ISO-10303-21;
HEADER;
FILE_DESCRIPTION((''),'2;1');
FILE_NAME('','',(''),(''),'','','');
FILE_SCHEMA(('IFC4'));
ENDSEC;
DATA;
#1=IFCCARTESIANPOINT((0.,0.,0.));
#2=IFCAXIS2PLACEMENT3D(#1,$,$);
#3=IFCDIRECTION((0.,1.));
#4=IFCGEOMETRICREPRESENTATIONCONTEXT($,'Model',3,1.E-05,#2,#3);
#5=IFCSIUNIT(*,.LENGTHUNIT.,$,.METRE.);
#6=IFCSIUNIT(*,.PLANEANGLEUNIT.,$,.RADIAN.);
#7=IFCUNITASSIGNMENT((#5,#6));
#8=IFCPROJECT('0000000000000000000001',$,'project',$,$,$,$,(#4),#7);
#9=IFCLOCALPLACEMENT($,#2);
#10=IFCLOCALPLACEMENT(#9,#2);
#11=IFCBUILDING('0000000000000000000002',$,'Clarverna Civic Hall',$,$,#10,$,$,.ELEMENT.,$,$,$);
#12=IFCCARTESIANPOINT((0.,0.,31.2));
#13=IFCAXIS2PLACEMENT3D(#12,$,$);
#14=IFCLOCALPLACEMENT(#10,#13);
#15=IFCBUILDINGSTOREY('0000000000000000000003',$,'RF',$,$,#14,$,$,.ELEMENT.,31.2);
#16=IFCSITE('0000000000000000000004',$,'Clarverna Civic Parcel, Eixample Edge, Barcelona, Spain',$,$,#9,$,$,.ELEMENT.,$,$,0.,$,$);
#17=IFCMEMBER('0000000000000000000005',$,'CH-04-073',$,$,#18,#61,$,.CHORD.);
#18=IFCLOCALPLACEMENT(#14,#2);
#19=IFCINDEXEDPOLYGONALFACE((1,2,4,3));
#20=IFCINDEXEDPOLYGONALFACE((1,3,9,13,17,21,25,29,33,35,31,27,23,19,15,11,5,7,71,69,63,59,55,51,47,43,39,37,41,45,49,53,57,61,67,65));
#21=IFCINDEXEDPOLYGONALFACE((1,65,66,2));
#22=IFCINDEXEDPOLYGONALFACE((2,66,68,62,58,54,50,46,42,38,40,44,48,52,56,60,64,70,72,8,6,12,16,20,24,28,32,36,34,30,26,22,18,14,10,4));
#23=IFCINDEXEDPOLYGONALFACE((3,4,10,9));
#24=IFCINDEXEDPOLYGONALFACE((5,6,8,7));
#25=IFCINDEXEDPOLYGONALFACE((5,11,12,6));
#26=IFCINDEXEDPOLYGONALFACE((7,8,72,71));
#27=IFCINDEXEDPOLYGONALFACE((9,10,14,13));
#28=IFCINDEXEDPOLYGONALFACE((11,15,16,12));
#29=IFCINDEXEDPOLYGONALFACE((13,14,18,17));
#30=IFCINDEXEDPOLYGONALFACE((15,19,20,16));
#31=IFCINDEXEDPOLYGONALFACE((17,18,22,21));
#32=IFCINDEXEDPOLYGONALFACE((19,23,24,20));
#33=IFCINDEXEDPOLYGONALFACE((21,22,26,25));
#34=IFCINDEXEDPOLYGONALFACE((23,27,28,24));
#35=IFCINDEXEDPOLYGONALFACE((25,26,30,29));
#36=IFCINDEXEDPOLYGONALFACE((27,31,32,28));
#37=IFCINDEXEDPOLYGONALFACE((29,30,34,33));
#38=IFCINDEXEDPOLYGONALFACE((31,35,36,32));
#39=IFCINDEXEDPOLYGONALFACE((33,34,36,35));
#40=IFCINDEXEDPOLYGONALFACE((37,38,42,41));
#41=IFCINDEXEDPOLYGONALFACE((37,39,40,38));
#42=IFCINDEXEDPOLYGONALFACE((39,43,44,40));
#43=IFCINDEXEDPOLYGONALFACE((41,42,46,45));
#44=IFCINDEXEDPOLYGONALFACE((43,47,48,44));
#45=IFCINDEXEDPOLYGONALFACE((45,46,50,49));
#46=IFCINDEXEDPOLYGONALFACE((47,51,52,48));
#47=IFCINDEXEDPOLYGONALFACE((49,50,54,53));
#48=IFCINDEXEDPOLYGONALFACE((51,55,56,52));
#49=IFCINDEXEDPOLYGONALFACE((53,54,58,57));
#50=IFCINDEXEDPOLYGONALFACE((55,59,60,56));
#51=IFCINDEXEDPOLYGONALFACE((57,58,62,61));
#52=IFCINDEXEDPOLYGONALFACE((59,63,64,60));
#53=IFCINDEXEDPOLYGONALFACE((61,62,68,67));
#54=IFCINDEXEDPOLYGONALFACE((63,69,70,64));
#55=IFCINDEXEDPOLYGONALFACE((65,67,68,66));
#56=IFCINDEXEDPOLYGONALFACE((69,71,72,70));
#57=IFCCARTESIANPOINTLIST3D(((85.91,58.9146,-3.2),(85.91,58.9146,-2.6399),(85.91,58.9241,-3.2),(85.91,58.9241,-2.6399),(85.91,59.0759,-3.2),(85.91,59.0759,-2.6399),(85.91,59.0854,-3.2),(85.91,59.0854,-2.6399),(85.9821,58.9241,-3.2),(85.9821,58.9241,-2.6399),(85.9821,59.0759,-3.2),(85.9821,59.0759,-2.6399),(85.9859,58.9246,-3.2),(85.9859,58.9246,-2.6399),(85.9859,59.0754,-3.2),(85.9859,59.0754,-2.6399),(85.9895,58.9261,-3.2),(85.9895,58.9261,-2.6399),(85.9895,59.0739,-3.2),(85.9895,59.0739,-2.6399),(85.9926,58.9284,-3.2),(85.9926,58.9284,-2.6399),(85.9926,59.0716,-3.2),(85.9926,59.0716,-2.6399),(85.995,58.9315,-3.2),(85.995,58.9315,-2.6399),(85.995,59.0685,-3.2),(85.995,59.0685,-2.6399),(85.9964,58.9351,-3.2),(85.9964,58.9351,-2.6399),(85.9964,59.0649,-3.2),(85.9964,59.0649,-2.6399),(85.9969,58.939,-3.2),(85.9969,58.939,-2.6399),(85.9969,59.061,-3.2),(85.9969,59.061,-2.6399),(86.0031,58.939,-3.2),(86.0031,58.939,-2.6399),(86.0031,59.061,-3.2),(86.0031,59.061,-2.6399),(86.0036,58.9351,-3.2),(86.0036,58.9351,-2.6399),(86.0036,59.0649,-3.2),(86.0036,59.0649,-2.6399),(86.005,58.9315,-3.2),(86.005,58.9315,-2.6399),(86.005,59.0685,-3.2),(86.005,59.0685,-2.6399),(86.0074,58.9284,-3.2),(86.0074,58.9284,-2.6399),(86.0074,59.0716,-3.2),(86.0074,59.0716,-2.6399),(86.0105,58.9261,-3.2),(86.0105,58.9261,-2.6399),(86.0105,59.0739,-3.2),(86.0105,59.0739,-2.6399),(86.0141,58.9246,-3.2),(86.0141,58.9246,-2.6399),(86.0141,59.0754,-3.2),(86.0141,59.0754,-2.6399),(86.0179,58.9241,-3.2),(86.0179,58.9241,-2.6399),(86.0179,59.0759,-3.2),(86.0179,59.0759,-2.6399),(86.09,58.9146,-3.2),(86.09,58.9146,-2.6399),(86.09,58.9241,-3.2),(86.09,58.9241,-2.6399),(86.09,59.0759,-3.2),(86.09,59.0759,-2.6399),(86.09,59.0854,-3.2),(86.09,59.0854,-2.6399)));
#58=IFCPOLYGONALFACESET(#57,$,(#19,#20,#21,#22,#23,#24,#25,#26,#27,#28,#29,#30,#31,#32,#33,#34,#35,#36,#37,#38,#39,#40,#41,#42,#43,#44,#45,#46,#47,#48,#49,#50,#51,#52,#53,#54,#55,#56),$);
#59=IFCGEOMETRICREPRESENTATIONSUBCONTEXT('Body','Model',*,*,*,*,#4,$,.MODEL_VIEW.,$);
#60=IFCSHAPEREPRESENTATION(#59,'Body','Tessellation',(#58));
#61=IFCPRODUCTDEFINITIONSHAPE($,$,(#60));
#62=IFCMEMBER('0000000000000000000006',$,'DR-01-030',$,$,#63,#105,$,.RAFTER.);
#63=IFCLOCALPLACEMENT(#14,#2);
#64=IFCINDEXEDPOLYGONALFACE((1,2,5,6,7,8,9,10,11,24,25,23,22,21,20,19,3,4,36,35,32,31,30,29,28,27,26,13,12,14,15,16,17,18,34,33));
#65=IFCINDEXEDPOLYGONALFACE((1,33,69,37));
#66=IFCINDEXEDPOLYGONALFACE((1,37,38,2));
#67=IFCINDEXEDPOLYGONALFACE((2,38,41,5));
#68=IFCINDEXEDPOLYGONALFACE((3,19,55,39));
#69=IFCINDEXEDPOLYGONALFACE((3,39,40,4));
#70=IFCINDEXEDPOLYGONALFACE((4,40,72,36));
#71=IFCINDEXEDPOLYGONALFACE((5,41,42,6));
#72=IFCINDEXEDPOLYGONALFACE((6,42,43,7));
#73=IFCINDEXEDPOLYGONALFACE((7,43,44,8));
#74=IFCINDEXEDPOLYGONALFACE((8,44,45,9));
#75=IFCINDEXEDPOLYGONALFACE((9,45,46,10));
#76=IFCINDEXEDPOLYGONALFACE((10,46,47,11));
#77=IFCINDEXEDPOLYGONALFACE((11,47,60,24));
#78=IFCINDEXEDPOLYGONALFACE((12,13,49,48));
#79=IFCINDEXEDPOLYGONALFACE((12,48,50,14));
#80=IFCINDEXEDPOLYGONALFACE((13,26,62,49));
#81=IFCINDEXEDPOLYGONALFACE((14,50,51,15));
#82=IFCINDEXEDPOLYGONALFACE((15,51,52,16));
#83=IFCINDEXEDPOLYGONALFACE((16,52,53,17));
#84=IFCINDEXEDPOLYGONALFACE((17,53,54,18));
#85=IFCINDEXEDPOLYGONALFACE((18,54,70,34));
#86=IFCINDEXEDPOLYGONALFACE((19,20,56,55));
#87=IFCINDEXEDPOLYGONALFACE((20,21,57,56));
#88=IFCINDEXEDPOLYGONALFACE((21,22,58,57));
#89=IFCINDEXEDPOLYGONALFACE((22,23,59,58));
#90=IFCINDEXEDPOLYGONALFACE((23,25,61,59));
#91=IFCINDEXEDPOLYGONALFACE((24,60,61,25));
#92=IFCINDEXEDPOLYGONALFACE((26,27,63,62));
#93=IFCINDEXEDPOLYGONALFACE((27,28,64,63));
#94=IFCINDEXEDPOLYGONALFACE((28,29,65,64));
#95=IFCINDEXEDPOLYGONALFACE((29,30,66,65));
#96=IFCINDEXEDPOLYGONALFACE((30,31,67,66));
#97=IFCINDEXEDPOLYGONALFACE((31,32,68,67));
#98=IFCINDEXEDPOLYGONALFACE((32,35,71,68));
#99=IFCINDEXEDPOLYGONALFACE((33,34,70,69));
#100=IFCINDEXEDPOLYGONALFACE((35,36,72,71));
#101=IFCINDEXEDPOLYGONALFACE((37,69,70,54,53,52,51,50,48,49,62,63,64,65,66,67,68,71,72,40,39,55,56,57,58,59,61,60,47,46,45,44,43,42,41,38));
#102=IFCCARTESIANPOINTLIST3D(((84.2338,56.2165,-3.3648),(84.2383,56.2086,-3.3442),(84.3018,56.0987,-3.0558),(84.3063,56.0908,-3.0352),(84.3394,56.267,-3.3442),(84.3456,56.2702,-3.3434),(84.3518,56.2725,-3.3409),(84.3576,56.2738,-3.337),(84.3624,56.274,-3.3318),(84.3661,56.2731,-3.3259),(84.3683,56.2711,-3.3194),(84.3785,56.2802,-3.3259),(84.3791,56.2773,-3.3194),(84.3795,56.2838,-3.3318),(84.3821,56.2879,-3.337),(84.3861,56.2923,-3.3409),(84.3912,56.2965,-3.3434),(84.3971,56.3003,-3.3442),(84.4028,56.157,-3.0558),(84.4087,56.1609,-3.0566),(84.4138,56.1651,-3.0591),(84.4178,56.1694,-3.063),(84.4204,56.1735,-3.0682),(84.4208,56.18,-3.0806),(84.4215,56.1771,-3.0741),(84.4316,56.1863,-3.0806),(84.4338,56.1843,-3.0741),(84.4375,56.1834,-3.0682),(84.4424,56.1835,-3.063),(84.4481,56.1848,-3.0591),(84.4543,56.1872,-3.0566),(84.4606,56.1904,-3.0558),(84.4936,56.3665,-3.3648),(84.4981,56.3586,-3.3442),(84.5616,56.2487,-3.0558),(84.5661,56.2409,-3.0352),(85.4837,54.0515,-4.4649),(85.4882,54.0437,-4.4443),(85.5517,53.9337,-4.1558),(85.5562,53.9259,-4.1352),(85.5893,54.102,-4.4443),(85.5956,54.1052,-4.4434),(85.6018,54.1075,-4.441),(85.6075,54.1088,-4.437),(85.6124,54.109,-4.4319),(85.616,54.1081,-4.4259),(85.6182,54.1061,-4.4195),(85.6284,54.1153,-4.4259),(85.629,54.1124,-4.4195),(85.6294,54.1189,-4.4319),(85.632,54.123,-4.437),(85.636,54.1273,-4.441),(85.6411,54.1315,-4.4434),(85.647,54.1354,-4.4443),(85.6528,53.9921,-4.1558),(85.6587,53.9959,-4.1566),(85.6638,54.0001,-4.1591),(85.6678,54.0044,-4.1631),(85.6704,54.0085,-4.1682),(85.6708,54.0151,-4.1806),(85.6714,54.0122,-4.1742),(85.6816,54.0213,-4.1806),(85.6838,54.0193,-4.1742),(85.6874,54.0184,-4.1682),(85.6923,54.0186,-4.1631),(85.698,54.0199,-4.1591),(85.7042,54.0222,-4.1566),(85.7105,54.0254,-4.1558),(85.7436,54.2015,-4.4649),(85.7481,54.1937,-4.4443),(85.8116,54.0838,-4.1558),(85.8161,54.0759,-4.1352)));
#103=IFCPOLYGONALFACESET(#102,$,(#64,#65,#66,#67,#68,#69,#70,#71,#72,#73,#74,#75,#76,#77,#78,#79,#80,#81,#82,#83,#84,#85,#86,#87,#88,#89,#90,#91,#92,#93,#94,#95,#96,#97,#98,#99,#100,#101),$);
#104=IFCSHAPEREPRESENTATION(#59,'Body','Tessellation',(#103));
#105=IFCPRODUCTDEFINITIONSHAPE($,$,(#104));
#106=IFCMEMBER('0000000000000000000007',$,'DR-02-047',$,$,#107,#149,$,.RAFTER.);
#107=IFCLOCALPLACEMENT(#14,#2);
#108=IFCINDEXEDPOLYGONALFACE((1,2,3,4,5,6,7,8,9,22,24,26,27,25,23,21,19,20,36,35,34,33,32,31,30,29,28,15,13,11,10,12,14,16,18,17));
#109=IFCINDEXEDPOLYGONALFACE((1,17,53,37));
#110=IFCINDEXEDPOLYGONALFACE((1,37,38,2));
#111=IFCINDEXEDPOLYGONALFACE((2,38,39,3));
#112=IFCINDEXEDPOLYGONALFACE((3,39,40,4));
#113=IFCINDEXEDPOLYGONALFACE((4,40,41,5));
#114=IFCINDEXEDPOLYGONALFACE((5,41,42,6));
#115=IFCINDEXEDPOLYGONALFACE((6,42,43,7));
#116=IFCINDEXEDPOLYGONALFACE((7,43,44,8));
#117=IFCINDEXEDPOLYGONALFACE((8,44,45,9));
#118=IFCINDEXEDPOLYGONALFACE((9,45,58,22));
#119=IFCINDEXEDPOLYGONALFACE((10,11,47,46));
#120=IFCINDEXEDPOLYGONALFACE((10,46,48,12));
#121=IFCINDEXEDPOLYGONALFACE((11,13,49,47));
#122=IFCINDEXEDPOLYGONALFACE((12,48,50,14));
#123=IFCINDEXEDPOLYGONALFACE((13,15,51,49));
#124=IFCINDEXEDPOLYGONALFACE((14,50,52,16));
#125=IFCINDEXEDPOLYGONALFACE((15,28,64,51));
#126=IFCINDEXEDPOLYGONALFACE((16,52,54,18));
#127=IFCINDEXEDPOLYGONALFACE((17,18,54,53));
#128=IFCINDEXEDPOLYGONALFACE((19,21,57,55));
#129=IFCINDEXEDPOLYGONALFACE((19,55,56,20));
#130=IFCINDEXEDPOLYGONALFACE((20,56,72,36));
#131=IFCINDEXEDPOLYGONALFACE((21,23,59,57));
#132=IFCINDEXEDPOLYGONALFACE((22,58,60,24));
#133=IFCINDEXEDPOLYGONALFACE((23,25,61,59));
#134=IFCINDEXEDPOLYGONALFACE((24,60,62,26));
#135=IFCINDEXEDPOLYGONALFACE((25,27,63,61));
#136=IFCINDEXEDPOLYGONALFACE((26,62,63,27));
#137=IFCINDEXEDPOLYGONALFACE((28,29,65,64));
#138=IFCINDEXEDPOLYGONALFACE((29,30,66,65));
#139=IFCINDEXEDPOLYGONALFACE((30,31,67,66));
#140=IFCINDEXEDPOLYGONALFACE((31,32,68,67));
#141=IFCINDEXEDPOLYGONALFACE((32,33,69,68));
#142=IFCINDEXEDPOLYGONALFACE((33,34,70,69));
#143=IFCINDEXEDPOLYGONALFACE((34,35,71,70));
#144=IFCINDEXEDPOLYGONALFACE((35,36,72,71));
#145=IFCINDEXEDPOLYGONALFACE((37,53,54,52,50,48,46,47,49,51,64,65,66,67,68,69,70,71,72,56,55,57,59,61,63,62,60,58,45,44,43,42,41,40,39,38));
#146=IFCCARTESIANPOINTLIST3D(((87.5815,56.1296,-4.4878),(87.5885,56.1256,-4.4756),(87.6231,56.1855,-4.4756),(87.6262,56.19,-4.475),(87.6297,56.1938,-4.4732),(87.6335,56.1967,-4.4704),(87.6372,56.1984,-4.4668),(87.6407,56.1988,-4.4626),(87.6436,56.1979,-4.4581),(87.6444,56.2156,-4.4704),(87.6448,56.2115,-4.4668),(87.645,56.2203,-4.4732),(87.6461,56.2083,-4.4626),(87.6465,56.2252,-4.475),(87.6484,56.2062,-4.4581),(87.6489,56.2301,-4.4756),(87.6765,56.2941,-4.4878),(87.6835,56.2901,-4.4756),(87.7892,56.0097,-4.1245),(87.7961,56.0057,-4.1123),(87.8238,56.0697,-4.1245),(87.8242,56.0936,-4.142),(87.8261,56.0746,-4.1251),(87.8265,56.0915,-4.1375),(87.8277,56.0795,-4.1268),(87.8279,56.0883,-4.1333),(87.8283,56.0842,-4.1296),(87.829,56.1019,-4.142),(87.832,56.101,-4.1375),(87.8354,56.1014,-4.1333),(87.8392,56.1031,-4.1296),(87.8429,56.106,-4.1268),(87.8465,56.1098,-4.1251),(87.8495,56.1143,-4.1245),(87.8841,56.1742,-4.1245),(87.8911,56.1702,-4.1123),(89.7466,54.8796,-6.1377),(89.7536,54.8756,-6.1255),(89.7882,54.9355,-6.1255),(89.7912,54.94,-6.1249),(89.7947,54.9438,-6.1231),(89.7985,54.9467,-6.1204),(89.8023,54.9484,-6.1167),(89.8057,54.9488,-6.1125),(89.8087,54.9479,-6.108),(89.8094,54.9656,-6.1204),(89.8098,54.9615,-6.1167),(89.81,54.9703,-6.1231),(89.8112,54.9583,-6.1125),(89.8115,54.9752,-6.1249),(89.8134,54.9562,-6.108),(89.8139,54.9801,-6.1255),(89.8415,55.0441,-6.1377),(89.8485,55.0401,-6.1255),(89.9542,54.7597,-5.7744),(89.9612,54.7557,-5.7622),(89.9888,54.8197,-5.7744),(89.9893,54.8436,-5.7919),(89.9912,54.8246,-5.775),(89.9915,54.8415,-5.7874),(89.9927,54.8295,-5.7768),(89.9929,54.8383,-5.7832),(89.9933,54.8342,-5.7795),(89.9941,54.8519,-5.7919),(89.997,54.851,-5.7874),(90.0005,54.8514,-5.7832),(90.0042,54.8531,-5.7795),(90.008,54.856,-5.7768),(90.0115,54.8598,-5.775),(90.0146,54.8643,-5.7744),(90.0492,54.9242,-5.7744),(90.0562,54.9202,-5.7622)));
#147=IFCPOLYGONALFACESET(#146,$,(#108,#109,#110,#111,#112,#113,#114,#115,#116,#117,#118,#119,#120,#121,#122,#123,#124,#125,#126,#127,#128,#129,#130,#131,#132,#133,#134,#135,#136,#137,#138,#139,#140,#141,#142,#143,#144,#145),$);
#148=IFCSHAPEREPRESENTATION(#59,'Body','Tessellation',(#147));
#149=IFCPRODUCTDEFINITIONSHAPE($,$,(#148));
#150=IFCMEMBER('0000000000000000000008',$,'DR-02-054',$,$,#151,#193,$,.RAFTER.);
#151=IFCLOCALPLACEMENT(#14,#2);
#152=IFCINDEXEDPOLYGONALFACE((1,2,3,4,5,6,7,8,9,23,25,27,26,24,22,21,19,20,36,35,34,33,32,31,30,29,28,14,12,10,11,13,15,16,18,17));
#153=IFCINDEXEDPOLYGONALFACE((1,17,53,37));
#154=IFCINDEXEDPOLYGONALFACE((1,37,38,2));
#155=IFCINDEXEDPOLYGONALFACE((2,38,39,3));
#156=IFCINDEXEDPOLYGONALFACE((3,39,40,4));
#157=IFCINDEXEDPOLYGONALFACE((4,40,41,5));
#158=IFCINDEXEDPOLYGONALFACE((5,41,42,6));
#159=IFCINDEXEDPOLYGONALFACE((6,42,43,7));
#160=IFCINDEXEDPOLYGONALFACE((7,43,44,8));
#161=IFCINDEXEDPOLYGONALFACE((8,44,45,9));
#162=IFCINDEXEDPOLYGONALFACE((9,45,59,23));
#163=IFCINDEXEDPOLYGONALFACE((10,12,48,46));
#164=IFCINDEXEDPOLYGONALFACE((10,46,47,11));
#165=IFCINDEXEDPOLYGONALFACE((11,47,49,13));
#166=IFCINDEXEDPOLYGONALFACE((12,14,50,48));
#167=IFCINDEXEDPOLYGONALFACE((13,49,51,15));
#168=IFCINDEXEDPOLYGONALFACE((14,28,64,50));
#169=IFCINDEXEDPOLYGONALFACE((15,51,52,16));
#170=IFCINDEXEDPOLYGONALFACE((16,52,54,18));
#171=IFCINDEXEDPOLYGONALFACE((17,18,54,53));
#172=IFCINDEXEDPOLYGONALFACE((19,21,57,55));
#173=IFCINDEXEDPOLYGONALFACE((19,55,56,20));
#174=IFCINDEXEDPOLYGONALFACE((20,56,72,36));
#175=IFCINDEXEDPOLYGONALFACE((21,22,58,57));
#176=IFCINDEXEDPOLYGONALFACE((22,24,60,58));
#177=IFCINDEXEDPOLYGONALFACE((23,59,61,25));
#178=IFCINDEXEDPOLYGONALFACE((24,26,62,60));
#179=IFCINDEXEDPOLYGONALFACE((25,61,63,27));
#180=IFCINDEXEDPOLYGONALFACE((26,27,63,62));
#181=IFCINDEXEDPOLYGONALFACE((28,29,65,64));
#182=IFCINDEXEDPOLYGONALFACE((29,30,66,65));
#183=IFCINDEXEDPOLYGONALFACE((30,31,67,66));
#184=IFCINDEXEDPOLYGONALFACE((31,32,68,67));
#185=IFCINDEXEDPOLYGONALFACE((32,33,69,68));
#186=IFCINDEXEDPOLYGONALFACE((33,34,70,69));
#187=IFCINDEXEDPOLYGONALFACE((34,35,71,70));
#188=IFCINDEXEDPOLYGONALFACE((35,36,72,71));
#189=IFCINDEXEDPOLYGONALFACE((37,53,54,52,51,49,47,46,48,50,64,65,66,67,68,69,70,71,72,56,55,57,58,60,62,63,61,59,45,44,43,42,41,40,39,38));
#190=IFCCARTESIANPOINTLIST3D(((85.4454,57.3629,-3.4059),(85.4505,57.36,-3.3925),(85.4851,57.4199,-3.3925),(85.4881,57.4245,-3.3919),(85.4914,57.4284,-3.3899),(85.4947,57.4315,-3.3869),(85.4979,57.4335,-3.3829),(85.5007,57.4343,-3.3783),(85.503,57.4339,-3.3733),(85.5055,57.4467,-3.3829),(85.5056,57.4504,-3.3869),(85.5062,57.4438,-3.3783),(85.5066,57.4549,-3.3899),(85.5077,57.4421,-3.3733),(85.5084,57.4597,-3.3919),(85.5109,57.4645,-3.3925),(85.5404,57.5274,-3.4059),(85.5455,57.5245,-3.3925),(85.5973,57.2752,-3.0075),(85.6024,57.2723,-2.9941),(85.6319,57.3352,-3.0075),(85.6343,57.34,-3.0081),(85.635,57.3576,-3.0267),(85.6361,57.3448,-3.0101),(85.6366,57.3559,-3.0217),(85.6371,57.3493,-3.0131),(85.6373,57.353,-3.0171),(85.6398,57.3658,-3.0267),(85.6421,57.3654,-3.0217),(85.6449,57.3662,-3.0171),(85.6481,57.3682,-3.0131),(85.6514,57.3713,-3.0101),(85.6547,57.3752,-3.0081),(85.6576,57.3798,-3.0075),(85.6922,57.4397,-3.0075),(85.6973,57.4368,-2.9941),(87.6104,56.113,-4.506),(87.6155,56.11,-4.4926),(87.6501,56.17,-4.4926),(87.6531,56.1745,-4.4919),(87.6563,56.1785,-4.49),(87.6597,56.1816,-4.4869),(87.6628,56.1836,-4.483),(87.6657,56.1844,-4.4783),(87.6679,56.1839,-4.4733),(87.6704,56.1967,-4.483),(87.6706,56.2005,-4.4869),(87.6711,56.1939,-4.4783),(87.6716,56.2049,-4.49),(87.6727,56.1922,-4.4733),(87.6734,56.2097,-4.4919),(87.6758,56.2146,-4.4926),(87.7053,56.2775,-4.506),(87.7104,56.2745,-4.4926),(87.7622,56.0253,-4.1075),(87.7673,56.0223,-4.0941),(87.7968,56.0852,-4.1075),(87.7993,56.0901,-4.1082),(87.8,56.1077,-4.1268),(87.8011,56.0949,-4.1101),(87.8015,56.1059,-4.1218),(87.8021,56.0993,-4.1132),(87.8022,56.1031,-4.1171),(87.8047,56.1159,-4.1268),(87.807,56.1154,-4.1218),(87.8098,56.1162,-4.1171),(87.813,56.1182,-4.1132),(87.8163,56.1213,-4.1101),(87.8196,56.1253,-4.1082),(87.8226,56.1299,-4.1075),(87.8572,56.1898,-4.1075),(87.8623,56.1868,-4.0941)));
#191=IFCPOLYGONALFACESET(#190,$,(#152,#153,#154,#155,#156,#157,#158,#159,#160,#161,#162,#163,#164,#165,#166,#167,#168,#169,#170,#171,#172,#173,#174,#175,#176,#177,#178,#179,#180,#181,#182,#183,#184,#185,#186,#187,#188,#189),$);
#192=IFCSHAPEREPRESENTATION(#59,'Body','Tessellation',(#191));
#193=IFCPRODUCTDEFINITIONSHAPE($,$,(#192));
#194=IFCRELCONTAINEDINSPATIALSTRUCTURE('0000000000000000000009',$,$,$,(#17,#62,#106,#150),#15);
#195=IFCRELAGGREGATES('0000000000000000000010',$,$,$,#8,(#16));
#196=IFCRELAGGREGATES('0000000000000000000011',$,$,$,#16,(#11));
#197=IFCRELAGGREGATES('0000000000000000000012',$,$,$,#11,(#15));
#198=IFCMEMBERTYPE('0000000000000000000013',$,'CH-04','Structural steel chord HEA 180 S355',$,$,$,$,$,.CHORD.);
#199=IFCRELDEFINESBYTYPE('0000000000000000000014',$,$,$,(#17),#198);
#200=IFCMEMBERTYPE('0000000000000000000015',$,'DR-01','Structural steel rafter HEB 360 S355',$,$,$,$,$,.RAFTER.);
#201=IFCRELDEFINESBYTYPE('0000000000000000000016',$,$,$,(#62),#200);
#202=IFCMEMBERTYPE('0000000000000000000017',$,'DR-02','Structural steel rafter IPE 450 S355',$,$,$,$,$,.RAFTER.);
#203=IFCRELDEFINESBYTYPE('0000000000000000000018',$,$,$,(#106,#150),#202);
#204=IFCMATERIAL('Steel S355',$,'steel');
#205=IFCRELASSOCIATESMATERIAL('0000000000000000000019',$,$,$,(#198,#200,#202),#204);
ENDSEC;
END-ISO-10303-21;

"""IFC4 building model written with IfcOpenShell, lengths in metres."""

from ifc_helpers import new_model, si_unit, direction, frame, origin, origin_2d, place, context, subcontext, project, spatial, i_section, extrude, material, material_profile, profile_set, type_object, element, save


model = new_model("IFC4")

# Units and contexts
model_context = context("Model", 3, precision=1e-05, world=origin(), true_north=direction((0.0, 1.0)))
body_context = subcontext(model_context, "Body", "Model", "MODEL_VIEW")
ifc_project = project(units=[si_unit("LENGTHUNIT", "METRE"), si_unit("PLANEANGLEUNIT", "RADIAN")], contexts=[model_context])

# Site, building, storey
site_placement = place(None, origin())
site = spatial("IfcSite", under=ifc_project, at=site_placement, Name="Clarverna Civic Parcel, Eixample Edge, Barcelona, Spain", CompositionType="ELEMENT", RefElevation=0.0)
building_placement = place(site_placement, origin())
building = spatial("IfcBuilding", under=site, at=building_placement, Name="Clarverna Civic Hall", CompositionType="ELEMENT")
storey_placement = place(building_placement, frame((0.0, 0.0, 31.2)))
storey = spatial("IfcBuildingStorey", under=building, at=storey_placement, Name="RF", CompositionType="ELEMENT", Elevation=31.2)

# Members
ifc_material_1 = material(Name="Steel S355", Category="steel")
ifc_material_profile_1 = material_profile(ifc_material_1, i_section(OverallWidth=0.1799, OverallDepth=0.1709, WebThickness=0.0061, FlangeThickness=0.0095, FilletRadius=0.0149, at=origin_2d()), Name="HEA 180")
ifc_profile_set_1 = profile_set([ifc_material_profile_1], Name="Steel S355")
member_type_1 = type_object("IfcMemberType", Name="CH-04", Description="Structural steel chord HEA 180 S355", PredefinedType="CHORD", material=ifc_profile_set_1)
for number, where, z_axis, x_axis, name in (
    (1, (86.0, 59.0, -3.2), (0.0, 0.0, 1.0), (1.0, 0.0, 0.0), "CH-04-073"),
):
    element("IfcMember", number, at=place(storey_placement, frame(where, z_axis=z_axis, x_axis=x_axis)), inside=storey, type_object=member_type_1, Name=name, PredefinedType="CHORD", context=body_context, shape_type="SweptSolid", body=[
        extrude(i_section(OverallWidth=0.1799, OverallDepth=0.1709, WebThickness=0.0061, FlangeThickness=0.0095, FilletRadius=0.0149, at=origin_2d()), origin(), (0.0, 0.0, 1.0), 0.5601),
    ])
ifc_material_profile_2 = material_profile(ifc_material_1, i_section(OverallWidth=0.3, OverallDepth=0.3601, WebThickness=0.0125, FlangeThickness=0.0225, FilletRadius=0.0271, at=origin_2d()), Name="HEB 360")
ifc_profile_set_2 = profile_set([ifc_material_profile_2], Name="Steel S355")
member_type_2 = type_object("IfcMemberType", Name="DR-01", Description="Structural steel rafter HEB 360 S355", PredefinedType="RAFTER", material=ifc_profile_set_2)
member_1_placement = place(storey_placement, frame((85.6499, 54.0637, -4.3), z_axis=(-0.457654, 0.792671, 0.402771), x_axis=(-0.866023, -0.500004, 0.0)))
element("IfcMember", 2, at=member_1_placement, inside=storey, type_object=member_type_2, Name="DR-01-030", PredefinedType="RAFTER", context=body_context, shape_type="SweptSolid", body=[
    extrude(i_section(OverallWidth=0.3, OverallDepth=0.3601, WebThickness=0.0125, FlangeThickness=0.0225, FilletRadius=0.0271, at=origin_2d()), origin(), (0.0, 0.0, 1.0), 2.7312),
])
ifc_material_profile_3 = material_profile(ifc_material_1, i_section(OverallWidth=0.1899, OverallDepth=0.45, WebThickness=0.0095, FlangeThickness=0.0146, FilletRadius=0.021, at=origin_2d()), Name="IPE 450")
ifc_profile_set_3 = profile_set([ifc_material_profile_3], Name="Steel S355")
member_type_3 = type_object("IfcMemberType", Name="DR-02", Description="Structural steel rafter IPE 450 S355", PredefinedType="RAFTER", material=ifc_profile_set_3)
member_2_placement = place(storey_placement, frame((89.9014, 54.8999, -5.95), z_axis=(-0.722802, 0.417315, 0.550823), x_axis=(-0.500004, -0.866023, 0.0)))
element("IfcMember", 3, at=member_2_placement, inside=storey, type_object=member_type_3, Name="DR-02-047", PredefinedType="RAFTER", context=body_context, shape_type="SweptSolid", body=[
    extrude(i_section(OverallWidth=0.1899, OverallDepth=0.45, WebThickness=0.0095, FlangeThickness=0.0146, FilletRadius=0.021, at=origin_2d()), origin(), (0.0, 0.0, 1.0), 2.9954),
])
member_3_placement = place(storey_placement, frame((87.7363, 56.1499, -4.3), z_axis=(-0.792671, 0.457654, 0.402771), x_axis=(-0.500004, -0.866023, 0.0)))
element("IfcMember", 4, at=member_3_placement, inside=storey, type_object=member_type_3, Name="DR-02-054", PredefinedType="RAFTER", context=body_context, shape_type="SweptSolid", body=[
    extrude(i_section(OverallWidth=0.1899, OverallDepth=0.45, WebThickness=0.0095, FlangeThickness=0.0146, FilletRadius=0.021, at=origin_2d()), origin(), (0.0, 0.0, 1.0), 2.7312),
])

save(model, "model.ifc")
